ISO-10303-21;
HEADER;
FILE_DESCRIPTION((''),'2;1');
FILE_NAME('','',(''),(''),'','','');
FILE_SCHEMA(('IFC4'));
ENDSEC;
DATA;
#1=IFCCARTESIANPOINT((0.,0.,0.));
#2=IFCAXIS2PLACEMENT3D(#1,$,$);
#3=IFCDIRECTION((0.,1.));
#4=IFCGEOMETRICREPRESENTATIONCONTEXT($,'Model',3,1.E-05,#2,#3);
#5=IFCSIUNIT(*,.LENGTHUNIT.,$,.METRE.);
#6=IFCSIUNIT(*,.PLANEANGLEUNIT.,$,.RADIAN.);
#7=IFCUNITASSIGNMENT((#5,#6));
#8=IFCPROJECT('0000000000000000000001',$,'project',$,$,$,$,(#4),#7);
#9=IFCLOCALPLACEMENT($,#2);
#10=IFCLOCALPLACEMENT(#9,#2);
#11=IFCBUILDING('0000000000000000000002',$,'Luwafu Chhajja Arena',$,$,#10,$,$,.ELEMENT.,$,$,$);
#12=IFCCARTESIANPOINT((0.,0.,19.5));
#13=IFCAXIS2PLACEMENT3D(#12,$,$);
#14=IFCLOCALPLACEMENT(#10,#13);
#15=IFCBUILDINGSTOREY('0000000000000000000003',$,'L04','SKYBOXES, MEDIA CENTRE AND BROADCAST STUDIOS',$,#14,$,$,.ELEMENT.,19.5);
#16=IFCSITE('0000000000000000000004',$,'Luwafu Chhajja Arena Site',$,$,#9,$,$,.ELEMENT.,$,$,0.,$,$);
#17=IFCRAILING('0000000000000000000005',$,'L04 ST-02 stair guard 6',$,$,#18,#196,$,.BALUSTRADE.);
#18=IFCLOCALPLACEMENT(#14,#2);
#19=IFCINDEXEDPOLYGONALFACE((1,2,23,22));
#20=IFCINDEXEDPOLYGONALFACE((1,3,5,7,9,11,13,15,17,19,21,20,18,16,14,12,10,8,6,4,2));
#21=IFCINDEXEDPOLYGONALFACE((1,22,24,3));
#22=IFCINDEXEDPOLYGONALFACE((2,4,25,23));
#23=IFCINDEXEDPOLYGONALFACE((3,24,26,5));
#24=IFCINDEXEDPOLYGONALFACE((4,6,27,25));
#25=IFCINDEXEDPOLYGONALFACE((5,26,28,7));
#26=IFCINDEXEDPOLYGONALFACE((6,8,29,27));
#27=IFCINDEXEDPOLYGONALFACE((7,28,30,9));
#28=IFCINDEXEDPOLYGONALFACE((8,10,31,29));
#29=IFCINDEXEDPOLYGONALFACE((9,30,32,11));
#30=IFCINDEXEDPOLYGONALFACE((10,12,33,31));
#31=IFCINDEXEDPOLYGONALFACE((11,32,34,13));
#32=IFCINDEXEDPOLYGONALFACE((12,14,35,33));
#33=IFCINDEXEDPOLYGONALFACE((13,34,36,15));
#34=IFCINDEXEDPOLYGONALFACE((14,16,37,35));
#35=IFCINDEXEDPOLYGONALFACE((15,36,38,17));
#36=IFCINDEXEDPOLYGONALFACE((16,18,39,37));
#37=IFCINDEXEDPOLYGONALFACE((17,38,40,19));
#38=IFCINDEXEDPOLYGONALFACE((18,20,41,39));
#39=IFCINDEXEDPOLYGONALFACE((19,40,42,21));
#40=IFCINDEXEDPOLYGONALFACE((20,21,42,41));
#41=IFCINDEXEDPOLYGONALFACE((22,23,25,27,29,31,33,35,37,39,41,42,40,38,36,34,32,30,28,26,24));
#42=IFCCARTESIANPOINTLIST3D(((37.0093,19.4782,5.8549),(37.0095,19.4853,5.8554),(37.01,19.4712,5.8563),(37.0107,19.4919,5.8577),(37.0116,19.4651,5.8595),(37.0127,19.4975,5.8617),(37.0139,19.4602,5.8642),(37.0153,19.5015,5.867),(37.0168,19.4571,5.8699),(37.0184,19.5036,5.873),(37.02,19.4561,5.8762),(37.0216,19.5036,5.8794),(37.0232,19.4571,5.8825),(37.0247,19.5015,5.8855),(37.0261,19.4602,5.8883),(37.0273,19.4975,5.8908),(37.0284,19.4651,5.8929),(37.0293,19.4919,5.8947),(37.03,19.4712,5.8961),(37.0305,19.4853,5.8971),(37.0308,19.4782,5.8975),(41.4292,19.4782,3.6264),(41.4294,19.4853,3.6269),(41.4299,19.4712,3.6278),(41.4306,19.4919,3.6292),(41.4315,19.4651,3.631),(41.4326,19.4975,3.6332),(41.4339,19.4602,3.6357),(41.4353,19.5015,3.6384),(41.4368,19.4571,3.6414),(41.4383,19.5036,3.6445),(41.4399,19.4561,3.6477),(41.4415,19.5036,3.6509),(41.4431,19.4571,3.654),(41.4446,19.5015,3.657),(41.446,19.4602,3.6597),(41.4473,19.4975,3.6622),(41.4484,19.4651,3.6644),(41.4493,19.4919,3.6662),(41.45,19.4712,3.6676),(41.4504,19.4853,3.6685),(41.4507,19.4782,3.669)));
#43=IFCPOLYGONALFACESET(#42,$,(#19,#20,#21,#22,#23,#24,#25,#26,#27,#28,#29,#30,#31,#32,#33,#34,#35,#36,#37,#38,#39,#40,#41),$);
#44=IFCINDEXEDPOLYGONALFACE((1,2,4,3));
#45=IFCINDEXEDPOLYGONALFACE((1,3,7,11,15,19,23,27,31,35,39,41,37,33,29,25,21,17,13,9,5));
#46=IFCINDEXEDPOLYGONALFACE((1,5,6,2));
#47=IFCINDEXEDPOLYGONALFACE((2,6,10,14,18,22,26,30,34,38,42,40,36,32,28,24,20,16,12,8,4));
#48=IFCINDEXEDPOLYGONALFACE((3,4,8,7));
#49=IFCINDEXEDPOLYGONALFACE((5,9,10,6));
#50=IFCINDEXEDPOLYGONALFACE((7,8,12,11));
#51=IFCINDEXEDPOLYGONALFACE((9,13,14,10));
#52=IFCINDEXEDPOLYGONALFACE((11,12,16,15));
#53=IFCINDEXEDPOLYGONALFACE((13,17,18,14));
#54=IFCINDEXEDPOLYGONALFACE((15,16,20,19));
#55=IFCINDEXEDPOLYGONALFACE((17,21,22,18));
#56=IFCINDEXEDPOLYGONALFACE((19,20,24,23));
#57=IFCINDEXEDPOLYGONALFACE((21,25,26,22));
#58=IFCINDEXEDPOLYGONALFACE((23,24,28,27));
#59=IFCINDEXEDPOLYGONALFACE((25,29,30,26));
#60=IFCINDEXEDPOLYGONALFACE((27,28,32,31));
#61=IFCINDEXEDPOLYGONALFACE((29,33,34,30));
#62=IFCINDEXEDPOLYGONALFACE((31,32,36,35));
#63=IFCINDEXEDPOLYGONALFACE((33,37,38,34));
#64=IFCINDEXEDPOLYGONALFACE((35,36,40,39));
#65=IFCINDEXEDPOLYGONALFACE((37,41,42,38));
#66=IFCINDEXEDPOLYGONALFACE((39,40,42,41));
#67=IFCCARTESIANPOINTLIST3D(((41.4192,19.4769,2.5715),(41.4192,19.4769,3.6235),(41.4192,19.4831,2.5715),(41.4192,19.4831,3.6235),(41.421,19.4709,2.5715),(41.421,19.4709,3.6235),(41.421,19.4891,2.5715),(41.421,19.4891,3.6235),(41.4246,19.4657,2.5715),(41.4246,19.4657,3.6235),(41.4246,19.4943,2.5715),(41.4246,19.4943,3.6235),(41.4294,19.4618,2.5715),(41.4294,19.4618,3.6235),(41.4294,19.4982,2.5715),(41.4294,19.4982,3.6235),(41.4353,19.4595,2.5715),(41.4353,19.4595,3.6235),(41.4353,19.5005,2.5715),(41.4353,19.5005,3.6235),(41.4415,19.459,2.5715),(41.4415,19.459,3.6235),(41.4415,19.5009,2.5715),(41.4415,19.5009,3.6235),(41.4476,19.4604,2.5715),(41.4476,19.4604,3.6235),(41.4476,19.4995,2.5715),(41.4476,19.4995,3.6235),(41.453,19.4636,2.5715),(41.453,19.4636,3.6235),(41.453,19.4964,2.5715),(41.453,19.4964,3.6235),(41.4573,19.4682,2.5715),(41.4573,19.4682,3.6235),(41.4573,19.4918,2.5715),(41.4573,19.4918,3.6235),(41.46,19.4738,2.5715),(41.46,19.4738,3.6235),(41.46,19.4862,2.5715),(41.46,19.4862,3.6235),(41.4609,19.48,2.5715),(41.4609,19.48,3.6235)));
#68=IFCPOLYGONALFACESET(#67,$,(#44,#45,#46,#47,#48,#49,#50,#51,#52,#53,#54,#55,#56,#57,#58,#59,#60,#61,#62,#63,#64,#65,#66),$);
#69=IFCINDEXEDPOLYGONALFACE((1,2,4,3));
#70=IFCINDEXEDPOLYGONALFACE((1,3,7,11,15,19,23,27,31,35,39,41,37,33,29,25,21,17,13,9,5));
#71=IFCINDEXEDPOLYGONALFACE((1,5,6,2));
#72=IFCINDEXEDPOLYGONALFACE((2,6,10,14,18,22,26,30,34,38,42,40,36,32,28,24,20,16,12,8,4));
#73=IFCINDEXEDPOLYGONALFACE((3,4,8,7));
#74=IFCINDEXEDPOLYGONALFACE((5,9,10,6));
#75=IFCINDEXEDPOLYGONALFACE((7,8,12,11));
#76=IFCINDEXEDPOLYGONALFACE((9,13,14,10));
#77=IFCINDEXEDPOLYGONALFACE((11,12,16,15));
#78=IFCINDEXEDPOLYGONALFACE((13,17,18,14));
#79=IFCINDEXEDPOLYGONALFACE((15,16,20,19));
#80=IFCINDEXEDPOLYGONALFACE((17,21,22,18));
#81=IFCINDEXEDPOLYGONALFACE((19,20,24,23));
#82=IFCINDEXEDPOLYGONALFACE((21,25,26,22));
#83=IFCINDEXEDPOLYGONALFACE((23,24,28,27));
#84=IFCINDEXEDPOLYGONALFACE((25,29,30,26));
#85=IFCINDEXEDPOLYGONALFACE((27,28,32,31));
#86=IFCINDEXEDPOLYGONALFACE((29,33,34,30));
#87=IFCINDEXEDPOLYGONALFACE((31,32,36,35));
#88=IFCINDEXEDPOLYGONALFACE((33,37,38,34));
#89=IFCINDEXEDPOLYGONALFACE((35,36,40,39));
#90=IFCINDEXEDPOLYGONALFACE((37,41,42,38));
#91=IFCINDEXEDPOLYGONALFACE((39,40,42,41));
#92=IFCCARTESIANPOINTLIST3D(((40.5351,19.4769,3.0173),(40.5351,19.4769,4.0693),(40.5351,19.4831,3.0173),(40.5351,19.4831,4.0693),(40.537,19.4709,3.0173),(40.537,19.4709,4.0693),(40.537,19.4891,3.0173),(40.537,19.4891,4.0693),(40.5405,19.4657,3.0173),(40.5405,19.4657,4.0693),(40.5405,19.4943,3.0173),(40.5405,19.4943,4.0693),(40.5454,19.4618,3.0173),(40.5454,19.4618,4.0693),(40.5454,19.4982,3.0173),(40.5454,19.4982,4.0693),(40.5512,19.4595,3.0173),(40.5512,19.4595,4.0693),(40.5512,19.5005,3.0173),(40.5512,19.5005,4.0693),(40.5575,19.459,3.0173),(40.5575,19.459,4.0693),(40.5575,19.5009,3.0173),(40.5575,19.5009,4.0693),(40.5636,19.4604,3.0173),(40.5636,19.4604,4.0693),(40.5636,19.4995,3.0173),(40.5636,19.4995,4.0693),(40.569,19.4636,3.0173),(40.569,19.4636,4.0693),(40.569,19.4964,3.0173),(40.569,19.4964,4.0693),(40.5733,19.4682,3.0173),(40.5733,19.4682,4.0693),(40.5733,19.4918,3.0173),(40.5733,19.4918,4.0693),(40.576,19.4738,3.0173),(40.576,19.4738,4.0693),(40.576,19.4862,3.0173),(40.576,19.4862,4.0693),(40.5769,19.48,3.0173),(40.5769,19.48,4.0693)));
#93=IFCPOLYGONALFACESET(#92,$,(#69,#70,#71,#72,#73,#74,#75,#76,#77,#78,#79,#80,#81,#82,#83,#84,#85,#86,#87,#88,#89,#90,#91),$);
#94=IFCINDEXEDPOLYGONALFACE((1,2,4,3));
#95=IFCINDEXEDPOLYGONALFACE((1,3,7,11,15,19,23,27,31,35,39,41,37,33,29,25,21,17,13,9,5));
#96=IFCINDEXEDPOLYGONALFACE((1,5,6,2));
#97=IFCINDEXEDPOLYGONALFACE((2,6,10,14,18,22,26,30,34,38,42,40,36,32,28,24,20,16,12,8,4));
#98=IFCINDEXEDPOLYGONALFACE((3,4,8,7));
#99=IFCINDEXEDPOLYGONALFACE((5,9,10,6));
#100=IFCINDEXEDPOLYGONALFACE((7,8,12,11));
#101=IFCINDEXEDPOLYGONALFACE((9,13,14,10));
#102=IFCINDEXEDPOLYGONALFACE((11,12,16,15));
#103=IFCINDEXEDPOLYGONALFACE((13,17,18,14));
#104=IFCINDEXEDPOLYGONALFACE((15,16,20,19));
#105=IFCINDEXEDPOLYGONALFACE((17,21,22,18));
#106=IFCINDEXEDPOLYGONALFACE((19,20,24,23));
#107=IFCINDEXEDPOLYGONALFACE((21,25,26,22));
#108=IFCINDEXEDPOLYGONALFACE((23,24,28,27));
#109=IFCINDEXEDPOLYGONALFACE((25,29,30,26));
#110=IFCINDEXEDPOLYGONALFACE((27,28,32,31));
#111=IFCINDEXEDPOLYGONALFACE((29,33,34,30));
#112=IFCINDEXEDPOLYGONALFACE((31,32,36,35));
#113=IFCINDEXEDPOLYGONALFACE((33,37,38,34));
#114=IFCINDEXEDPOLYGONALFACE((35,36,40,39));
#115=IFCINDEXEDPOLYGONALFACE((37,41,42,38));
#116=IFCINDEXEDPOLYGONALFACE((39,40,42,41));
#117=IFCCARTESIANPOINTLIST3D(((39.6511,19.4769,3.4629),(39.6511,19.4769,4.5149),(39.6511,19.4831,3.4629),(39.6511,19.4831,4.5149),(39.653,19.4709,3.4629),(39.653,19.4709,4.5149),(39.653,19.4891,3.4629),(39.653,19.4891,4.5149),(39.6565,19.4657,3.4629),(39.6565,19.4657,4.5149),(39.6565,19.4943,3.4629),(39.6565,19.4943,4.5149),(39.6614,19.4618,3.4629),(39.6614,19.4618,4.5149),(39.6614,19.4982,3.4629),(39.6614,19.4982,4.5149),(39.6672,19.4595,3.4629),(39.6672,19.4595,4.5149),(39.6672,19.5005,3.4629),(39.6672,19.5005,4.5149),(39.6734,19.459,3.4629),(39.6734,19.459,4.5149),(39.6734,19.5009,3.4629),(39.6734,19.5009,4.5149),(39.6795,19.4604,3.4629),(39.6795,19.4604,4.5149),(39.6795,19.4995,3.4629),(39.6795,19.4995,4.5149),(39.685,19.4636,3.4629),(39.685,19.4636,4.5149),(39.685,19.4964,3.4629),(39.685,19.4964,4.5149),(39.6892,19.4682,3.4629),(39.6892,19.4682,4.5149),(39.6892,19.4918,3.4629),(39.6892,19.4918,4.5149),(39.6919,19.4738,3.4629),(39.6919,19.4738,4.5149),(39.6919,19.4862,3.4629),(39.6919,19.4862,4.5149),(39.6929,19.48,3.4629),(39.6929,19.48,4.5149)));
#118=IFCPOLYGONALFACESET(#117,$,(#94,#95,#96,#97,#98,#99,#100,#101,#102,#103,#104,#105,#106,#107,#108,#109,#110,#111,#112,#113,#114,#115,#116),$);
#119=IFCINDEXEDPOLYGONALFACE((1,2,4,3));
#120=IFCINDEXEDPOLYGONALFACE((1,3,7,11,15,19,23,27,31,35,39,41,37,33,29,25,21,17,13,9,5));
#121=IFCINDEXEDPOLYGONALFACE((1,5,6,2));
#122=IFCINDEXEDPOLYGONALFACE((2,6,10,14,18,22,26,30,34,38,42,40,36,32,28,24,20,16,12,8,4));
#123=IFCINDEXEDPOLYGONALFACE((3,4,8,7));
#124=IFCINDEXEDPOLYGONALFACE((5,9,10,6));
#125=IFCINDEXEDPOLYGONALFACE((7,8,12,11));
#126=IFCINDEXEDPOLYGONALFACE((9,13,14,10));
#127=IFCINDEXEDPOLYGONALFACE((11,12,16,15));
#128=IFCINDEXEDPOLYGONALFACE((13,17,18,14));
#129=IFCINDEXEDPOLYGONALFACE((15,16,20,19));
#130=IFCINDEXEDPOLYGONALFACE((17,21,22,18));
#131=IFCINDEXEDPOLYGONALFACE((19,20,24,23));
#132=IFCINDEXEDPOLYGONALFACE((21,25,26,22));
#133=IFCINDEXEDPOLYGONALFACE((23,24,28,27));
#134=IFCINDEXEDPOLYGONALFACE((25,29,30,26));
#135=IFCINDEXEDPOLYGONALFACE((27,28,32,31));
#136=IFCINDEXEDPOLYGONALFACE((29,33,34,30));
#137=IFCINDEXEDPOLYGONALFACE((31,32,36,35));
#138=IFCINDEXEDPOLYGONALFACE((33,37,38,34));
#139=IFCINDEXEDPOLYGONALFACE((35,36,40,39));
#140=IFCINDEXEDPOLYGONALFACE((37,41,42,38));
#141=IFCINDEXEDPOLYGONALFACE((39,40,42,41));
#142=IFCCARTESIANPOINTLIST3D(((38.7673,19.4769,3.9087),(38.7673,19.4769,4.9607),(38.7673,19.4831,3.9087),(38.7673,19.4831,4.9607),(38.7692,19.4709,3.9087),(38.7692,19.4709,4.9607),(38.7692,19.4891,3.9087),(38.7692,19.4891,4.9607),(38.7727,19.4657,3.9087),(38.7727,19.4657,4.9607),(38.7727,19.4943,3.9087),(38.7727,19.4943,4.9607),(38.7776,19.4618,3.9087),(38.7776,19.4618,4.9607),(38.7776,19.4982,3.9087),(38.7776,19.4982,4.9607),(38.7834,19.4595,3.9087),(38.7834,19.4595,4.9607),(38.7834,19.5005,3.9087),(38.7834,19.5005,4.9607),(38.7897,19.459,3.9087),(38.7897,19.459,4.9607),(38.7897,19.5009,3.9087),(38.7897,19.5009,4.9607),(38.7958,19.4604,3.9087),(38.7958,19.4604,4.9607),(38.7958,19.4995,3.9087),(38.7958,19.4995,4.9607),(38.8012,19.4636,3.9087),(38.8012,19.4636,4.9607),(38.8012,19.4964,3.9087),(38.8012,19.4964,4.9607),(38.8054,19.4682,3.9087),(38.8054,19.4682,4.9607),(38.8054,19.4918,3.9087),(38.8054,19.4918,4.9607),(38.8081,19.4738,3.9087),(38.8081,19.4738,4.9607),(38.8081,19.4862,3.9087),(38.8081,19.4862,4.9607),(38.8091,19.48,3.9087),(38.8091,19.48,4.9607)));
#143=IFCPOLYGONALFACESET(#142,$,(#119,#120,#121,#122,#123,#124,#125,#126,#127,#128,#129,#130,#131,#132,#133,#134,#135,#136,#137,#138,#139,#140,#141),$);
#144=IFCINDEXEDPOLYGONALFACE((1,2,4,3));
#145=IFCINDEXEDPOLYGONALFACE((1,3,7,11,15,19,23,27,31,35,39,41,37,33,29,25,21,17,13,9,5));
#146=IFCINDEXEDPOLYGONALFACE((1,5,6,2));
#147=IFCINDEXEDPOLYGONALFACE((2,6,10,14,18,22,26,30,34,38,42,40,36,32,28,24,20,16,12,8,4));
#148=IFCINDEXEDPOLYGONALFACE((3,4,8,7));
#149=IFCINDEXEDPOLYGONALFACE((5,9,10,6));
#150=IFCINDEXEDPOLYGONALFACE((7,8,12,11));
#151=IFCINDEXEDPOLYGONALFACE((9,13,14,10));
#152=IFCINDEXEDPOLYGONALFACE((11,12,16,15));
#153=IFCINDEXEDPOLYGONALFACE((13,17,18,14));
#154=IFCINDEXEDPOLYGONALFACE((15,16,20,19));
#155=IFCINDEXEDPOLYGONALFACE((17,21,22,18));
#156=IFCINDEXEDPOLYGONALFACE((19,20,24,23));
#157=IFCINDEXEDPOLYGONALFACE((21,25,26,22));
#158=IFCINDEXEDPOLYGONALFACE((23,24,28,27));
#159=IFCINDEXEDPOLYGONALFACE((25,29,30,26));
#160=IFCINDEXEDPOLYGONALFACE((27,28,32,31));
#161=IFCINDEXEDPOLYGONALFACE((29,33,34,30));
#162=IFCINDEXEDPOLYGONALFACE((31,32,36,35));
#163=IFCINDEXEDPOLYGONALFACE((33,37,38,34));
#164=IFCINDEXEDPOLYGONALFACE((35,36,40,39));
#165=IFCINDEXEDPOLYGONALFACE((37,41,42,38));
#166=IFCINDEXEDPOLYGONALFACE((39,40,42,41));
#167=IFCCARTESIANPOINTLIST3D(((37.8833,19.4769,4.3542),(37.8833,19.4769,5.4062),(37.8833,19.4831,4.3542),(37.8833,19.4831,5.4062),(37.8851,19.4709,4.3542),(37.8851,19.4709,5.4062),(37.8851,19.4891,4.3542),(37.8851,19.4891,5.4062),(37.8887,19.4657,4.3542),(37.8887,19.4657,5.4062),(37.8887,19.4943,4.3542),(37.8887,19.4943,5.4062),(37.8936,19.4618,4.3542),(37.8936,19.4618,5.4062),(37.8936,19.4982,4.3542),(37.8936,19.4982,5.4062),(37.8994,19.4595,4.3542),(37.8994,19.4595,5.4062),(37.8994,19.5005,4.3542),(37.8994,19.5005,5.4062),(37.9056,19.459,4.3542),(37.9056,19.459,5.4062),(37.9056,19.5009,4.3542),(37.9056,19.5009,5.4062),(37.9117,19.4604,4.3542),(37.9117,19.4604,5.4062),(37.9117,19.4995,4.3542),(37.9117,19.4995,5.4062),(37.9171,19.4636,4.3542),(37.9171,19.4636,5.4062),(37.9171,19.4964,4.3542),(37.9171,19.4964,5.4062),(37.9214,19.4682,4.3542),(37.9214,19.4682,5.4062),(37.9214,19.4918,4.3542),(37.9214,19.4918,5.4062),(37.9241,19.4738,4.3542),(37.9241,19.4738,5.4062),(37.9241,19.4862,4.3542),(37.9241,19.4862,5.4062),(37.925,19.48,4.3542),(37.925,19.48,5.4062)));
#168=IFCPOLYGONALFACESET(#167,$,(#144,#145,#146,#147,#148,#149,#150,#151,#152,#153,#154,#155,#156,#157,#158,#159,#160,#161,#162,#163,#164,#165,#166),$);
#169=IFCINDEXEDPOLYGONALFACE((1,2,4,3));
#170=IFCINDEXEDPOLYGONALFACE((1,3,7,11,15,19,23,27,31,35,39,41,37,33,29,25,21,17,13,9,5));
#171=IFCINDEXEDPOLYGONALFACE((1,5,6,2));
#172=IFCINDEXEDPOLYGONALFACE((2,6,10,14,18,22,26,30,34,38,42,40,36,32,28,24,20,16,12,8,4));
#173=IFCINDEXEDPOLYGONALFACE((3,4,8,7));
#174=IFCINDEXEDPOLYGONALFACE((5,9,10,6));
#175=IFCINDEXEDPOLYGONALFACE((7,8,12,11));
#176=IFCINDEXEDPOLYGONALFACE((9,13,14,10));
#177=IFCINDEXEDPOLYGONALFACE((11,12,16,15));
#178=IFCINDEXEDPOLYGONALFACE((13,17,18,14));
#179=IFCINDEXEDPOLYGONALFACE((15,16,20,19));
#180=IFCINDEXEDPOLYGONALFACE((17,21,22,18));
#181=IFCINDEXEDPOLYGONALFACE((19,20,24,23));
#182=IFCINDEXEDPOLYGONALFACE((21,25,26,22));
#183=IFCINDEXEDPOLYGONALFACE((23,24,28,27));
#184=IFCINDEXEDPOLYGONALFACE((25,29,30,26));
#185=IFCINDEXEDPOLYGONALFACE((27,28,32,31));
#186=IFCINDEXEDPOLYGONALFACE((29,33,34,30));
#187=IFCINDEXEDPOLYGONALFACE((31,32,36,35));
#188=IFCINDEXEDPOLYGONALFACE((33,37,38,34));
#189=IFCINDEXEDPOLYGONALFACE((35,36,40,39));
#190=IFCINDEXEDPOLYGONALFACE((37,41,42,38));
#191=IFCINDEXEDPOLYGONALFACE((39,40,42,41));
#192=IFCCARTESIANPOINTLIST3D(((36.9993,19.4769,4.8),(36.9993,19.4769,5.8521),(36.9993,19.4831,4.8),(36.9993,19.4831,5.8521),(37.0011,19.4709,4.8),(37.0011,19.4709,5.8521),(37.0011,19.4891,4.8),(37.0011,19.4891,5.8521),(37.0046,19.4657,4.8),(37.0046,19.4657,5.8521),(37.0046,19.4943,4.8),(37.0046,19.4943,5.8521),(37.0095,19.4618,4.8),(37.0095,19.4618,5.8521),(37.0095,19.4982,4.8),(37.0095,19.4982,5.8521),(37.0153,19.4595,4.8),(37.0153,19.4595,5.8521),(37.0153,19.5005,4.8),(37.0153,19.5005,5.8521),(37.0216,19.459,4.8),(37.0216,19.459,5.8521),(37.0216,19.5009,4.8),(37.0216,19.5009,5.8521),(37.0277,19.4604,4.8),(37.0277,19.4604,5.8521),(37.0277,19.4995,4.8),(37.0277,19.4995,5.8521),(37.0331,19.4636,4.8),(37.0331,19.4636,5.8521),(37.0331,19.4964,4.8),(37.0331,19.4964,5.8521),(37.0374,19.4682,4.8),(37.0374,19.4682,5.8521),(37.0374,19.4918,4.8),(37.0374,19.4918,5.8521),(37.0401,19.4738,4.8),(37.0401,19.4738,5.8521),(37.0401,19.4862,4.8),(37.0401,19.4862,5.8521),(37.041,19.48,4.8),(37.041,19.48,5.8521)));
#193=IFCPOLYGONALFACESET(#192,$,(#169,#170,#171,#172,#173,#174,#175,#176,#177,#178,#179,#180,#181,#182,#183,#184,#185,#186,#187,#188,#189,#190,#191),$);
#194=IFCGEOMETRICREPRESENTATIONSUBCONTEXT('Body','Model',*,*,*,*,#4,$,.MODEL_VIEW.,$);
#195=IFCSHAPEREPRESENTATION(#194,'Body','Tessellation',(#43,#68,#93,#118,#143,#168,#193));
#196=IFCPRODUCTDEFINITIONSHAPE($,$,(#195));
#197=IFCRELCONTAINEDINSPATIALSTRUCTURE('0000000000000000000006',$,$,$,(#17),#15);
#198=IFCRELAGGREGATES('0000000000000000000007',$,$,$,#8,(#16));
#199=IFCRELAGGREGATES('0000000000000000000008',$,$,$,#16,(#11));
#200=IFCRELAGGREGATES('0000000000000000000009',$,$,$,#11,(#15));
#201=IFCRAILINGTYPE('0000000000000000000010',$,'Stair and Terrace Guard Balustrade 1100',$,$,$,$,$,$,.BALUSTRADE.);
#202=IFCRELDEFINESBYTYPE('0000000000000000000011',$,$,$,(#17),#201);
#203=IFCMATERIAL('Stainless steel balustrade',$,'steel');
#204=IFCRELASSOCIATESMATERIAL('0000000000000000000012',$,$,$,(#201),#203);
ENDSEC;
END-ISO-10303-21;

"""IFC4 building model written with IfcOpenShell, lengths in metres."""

from ifc_helpers import new_model, si_unit, direction, frame, origin, origin_2d, place, context, subcontext, project, spatial, circle, extrude, material, type_object, element, save


model = new_model("IFC4")

# Units and contexts
model_context = context("Model", 3, precision=1e-05, world=origin(), true_north=direction((0.0, 1.0)))
body_context = subcontext(model_context, "Body", "Model", "MODEL_VIEW")
ifc_project = project(units=[si_unit("LENGTHUNIT", "METRE"), si_unit("PLANEANGLEUNIT", "RADIAN")], contexts=[model_context])

# Site, building, storey
site_placement = place(None, origin())
site = spatial("IfcSite", under=ifc_project, at=site_placement, Name="Luwafu Chhajja Arena Site", CompositionType="ELEMENT", RefElevation=0.0)
building_placement = place(site_placement, origin())
building = spatial("IfcBuilding", under=site, at=building_placement, Name="Luwafu Chhajja Arena", CompositionType="ELEMENT")
storey_placement = place(building_placement, frame((0.0, 0.0, 19.5)))
storey = spatial("IfcBuildingStorey", under=building, at=storey_placement, Name="L04", Description="SKYBOXES, MEDIA CENTRE AND BROADCAST STUDIOS", CompositionType="ELEMENT", Elevation=19.5)

# Railing
ifc_material_1 = material(Name="Stainless steel balustrade", Category="steel")
railing_type_1 = type_object("IfcRailingType", Name="Stair and Terrace Guard Balustrade 1100", PredefinedType="BALUSTRADE", material=ifc_material_1)
railing_1_placement = place(storey_placement, frame((41.4399, 19.48, 2.5715)))
element("IfcRailing", 1, at=railing_1_placement, inside=storey, type_object=railing_type_1, Name="L04 ST-02 stair guard 6", PredefinedType="BALUSTRADE", context=body_context, shape_type="SweptSolid", body=[
    extrude(circle(Radius=0.0239, at=origin_2d()), frame((0.0, 0.0, 1.0762), z_axis=(-0.892923, 0.0, 0.45021), x_axis=(0.0, -1.0, 0.0)), (0.0, 0.0, 1.0), 4.95),
    extrude(circle(Radius=0.021, at=origin_2d()), origin(), (0.0, 0.0, 1.0), 1.052),
    extrude(circle(Radius=0.021, at=origin_2d()), frame((-0.884, 0.0, 0.4458)), (0.0, 0.0, 1.0), 1.052),
    extrude(circle(Radius=0.021, at=origin_2d()), frame((-1.7681, 0.0, 0.8914)), (0.0, 0.0, 1.0), 1.052),
    extrude(circle(Radius=0.021, at=origin_2d()), frame((-2.6519, 0.0, 1.3372)), (0.0, 0.0, 1.0), 1.052),
    extrude(circle(Radius=0.021, at=origin_2d()), frame((-3.5359, 0.0, 1.7827)), (0.0, 0.0, 1.0), 1.052),
    extrude(circle(Radius=0.021, at=origin_2d()), frame((-4.4199, 0.0, 2.2285)), (0.0, 0.0, 1.0), 1.052),
])

save(model, "model.ifc")
